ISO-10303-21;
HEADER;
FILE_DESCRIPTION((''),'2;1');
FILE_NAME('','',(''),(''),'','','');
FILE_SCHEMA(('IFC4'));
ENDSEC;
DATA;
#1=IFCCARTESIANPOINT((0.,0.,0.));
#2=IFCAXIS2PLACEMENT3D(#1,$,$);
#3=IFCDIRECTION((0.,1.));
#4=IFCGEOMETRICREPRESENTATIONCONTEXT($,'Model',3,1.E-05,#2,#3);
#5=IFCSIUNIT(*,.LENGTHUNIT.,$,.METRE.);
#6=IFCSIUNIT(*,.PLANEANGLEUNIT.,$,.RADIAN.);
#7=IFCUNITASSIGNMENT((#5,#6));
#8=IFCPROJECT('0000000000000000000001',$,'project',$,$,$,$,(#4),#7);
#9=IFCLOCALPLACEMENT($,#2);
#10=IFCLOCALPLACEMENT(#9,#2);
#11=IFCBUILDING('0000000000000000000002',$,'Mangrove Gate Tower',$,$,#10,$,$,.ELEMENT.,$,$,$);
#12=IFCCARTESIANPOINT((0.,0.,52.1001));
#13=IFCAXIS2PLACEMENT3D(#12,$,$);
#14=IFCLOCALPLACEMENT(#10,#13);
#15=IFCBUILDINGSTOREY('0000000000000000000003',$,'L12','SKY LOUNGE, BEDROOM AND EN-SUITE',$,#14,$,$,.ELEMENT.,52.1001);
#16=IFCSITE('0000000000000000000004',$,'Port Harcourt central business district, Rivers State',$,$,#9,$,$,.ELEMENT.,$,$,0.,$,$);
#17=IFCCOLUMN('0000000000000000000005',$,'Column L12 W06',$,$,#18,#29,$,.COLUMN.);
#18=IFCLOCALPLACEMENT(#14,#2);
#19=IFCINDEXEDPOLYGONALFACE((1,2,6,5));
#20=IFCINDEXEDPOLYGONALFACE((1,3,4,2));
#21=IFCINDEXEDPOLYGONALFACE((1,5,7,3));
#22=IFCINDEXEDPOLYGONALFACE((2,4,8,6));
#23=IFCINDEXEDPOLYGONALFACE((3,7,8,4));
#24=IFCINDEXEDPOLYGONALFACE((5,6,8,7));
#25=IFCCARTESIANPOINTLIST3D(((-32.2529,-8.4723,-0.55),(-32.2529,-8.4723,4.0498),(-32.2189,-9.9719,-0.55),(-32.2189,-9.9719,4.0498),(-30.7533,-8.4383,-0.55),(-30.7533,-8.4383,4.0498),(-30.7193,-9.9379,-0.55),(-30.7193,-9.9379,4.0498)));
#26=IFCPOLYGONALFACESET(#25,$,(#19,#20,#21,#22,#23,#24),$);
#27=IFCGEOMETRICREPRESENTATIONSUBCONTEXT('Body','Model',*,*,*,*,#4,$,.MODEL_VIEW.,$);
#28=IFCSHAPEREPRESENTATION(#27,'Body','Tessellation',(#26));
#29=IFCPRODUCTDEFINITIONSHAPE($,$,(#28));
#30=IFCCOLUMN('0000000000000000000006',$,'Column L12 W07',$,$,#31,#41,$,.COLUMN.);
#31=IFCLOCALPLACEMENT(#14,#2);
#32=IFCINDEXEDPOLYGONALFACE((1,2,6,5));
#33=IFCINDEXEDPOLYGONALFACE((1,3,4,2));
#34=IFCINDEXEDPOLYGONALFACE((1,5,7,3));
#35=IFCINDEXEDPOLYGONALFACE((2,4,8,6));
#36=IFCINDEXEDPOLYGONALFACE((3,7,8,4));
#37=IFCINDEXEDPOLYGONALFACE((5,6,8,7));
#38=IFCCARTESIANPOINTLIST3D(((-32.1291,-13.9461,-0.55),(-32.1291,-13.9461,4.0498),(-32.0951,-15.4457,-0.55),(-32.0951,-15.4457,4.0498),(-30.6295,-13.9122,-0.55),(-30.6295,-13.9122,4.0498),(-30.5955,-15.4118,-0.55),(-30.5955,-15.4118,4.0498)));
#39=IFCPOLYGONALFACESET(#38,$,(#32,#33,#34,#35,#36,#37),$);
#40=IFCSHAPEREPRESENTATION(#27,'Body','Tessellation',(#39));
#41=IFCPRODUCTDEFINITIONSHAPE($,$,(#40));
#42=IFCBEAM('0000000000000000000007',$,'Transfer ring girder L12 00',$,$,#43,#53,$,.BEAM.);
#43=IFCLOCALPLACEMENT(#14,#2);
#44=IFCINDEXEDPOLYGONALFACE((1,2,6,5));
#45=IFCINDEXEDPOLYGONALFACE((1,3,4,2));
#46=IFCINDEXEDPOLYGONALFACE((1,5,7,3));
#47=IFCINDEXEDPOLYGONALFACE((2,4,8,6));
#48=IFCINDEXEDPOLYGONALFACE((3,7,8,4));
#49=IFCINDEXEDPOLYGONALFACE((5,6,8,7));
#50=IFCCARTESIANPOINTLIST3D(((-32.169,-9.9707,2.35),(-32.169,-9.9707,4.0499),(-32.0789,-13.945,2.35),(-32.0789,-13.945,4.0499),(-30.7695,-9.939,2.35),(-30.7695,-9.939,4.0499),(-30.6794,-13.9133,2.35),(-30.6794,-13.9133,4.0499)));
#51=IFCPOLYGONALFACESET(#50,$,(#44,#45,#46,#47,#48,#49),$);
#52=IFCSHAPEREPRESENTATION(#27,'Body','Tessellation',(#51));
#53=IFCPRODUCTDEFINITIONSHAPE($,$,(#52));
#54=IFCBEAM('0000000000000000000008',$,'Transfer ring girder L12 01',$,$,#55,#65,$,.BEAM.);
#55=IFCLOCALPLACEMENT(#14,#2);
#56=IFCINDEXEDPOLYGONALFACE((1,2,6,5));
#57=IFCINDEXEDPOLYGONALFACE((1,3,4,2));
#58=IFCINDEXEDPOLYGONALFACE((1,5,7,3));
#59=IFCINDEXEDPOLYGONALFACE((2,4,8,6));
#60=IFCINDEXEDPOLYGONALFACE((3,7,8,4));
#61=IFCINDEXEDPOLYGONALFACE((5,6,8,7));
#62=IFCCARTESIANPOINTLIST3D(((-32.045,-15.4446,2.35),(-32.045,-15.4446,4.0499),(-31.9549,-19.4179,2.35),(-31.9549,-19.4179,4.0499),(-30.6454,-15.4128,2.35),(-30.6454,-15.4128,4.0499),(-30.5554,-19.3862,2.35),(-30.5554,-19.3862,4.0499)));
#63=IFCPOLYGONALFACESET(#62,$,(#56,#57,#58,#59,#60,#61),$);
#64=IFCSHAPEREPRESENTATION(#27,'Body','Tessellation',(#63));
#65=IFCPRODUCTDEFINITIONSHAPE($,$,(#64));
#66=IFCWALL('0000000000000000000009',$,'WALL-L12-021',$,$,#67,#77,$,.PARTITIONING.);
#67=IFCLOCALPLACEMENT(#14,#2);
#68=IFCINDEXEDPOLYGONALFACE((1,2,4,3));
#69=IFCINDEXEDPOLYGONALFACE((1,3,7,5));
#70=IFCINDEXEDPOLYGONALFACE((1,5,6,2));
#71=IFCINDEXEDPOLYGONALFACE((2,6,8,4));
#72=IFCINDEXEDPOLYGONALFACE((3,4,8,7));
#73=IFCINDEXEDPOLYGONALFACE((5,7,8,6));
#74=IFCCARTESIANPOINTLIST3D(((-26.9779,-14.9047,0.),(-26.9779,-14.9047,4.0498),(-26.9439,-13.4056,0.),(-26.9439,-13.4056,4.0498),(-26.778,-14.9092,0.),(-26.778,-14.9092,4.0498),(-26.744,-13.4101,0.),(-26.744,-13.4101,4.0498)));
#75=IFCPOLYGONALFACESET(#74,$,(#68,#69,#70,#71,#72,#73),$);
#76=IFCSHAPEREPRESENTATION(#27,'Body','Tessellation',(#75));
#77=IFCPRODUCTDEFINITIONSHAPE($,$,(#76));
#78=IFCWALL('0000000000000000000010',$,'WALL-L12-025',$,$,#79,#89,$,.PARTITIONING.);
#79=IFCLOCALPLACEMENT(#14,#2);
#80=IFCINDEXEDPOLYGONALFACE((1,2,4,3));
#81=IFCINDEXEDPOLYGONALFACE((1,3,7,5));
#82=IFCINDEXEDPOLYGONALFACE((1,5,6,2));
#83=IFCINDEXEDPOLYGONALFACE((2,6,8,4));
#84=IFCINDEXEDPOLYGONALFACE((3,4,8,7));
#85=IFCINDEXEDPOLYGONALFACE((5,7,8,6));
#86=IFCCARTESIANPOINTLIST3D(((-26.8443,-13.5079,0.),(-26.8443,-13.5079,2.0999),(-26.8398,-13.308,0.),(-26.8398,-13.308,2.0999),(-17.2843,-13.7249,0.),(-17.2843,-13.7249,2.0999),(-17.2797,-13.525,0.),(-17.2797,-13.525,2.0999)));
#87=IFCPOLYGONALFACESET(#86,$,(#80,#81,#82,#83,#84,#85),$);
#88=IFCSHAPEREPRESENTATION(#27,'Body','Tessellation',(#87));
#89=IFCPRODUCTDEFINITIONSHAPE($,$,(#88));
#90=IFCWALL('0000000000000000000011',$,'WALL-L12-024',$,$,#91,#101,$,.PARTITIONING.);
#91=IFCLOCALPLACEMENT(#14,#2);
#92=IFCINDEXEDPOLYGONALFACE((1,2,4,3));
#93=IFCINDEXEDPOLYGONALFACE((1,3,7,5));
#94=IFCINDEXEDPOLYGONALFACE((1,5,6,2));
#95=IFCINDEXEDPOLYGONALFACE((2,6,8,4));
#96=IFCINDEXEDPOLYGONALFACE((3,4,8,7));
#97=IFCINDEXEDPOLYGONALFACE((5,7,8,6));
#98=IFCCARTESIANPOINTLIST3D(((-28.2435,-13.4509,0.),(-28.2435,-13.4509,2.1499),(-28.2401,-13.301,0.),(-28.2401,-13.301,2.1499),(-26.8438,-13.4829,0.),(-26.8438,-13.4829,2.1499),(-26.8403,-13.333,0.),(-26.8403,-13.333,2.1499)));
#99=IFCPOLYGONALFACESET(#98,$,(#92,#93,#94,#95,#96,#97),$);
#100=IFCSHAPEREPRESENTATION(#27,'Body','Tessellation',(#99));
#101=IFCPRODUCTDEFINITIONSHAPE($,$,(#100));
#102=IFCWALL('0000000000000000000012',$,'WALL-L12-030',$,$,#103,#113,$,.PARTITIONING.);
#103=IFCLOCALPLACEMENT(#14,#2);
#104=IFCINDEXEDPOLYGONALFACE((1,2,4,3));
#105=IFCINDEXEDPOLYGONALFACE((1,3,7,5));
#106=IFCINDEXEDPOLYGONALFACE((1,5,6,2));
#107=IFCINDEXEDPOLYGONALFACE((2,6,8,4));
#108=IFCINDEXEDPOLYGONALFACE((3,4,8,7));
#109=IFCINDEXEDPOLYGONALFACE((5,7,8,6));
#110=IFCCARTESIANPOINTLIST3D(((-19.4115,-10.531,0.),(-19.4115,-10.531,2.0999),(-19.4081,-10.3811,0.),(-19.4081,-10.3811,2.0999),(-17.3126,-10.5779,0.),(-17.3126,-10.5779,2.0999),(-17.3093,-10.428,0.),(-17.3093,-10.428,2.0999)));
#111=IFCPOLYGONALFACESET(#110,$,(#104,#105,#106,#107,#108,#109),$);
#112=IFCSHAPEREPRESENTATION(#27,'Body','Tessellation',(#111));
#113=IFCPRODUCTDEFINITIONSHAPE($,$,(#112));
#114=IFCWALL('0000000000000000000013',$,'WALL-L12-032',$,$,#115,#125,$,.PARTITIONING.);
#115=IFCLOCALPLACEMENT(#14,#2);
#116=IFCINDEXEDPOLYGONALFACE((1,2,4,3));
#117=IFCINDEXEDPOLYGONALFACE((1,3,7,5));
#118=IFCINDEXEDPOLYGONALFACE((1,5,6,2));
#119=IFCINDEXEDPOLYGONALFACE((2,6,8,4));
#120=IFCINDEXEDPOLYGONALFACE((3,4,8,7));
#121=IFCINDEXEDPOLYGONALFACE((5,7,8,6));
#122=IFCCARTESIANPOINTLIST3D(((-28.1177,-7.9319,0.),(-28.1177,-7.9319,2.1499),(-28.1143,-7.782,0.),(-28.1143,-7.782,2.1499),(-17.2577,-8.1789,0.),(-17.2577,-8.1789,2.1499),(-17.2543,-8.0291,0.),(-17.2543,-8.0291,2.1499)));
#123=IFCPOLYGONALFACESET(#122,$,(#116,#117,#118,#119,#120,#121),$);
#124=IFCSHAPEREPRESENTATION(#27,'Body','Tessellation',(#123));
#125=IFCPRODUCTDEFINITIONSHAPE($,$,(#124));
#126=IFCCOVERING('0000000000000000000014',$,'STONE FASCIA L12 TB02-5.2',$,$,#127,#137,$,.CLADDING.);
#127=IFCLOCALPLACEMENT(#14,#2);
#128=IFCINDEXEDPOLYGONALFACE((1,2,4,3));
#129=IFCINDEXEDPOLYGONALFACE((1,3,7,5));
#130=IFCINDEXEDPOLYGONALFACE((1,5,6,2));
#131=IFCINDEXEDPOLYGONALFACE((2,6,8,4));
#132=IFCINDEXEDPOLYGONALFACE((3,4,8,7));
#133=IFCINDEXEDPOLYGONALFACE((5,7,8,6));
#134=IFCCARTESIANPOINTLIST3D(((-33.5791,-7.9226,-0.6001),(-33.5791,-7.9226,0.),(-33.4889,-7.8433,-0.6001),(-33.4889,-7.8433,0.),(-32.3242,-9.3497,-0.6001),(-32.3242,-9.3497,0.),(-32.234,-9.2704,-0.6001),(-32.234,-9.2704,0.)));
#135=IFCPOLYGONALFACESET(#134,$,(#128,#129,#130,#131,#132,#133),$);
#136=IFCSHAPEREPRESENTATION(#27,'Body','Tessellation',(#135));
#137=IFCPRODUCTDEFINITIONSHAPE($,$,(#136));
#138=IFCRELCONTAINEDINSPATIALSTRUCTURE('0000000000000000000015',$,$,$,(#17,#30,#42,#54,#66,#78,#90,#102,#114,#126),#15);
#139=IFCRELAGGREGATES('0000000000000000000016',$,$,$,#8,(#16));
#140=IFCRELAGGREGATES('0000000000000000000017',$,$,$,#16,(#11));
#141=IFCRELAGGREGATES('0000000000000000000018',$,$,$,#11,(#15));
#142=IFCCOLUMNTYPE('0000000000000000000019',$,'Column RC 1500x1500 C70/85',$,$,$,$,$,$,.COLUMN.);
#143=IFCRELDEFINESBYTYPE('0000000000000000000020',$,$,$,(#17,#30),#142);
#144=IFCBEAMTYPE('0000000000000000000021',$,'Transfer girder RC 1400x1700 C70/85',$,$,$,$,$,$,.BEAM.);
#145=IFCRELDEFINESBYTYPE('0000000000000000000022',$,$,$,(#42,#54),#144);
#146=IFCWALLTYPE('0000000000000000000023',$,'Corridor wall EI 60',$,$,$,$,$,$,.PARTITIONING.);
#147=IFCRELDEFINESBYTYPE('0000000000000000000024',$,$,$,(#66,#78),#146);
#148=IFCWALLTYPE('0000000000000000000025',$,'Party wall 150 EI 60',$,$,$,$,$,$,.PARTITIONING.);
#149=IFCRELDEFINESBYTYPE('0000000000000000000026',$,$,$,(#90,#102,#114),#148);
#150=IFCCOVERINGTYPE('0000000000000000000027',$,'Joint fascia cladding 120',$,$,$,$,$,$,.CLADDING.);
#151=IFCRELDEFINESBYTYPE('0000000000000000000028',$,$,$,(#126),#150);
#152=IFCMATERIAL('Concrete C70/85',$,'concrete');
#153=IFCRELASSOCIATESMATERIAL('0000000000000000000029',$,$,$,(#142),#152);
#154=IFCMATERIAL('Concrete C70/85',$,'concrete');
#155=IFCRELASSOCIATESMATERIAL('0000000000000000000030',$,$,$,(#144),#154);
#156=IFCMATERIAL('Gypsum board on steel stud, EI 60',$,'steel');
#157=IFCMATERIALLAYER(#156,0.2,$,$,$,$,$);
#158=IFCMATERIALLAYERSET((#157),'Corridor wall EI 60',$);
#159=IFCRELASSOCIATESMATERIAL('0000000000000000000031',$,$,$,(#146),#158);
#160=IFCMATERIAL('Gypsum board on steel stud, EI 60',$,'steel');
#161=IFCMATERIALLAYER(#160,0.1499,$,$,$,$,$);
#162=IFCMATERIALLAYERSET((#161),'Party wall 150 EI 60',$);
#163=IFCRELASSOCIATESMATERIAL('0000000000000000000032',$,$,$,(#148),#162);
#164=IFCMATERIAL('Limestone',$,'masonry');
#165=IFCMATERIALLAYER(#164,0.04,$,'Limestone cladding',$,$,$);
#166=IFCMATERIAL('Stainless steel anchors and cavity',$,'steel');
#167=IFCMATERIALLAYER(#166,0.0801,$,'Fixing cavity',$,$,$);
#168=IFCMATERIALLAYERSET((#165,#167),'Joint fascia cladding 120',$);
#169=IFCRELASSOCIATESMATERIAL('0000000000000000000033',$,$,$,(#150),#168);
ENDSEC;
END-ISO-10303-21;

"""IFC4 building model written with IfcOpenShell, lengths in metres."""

from ifc_helpers import new_model, si_unit, direction, frame, frame_2d, origin, origin_2d, place, context, subcontext, project, spatial, rectangle, extrude, material, layer, layer_set, material_profile, profile_set, type_object, element, save


model = new_model("IFC4")

# Units and contexts
model_context = context("Model", 3, precision=1e-05, world=origin(), true_north=direction((0.0, 1.0)))
body_context = subcontext(model_context, "Body", "Model", "MODEL_VIEW")
ifc_project = project(units=[si_unit("LENGTHUNIT", "METRE"), si_unit("PLANEANGLEUNIT", "RADIAN")], contexts=[model_context])

# Site, building, storey
site_placement = place(None, origin())
site = spatial("IfcSite", under=ifc_project, at=site_placement, Name="Port Harcourt central business district, Rivers State", CompositionType="ELEMENT", RefElevation=0.0)
building_placement = place(site_placement, origin())
building = spatial("IfcBuilding", under=site, at=building_placement, Name="Mangrove Gate Tower", CompositionType="ELEMENT")
storey_placement = place(building_placement, frame((0.0, 0.0, 52.1001)))
storey = spatial("IfcBuildingStorey", under=building, at=storey_placement, Name="L12", Description="SKY LOUNGE, BEDROOM AND EN-SUITE", CompositionType="ELEMENT", Elevation=52.1001)

# Columns
ifc_material_1 = material(Name="Concrete C70/85", Category="concrete")
ifc_material_profile_1 = material_profile(ifc_material_1, rectangle(XDim=1.5, YDim=1.5, at=origin_2d()))
ifc_profile_set_1 = profile_set([ifc_material_profile_1], Name="Concrete C70/85")
column_type = type_object("IfcColumnType", Name="Column RC 1500x1500 C70/85", PredefinedType="COLUMN", material=ifc_profile_set_1)
for number, where, z_axis, x_axis, name in (
    (1, (-31.4861, -9.2051, -0.55), (0.0, 0.0, 1.0), (0.022678, -0.999743, 0.0), "Column L12 W06"),
    (2, (-31.3623, -14.679, -0.55), (0.0, 0.0, 1.0), (0.022649, -0.999743, 0.0), "Column L12 W07"),
):
    element("IfcColumn", number, at=place(storey_placement, frame(where, z_axis=z_axis, x_axis=x_axis)), inside=storey, type_object=column_type, Name=name, PredefinedType="COLUMN", context=body_context, shape_type="SweptSolid", body=[
        extrude(rectangle(XDim=1.5, YDim=1.5, at=origin_2d()), origin(), (0.0, 0.0, 1.0), 4.5999),
    ])

# Beams
ifc_material_2 = material(Name="Concrete C70/85", Category="concrete")
ifc_material_profile_2 = material_profile(ifc_material_2, rectangle(XDim=1.3999, YDim=1.7, at=origin_2d()))
ifc_profile_set_2 = profile_set([ifc_material_profile_2], Name="Concrete C70/85")
beam_type = type_object("IfcBeamType", Name="Transfer girder RC 1400x1700 C70/85", PredefinedType="BEAM", material=ifc_profile_set_2)
beam_1_placement = place(storey_placement, frame((-31.4692, -9.9548, 3.2), z_axis=(0.022661, -0.999743, 0.0), x_axis=(0.999743, 0.022661, 0.0)))
element("IfcBeam", 3, at=beam_1_placement, inside=storey, type_object=beam_type, Name="Transfer ring girder L12 00", PredefinedType="BEAM", context=body_context, shape_type="SweptSolid", body=[
    extrude(rectangle(XDim=1.3999, YDim=1.7, at=origin_2d()), origin(), (0.0, 0.0, 1.0), 3.9753),
])
beam_2_placement = place(storey_placement, frame((-31.3452, -15.4287, 3.2), z_axis=(0.022667, -0.999743, 0.0), x_axis=(0.999743, 0.022667, 0.0)))
element("IfcBeam", 4, at=beam_2_placement, inside=storey, type_object=beam_type, Name="Transfer ring girder L12 01", PredefinedType="BEAM", context=body_context, shape_type="SweptSolid", body=[
    extrude(rectangle(XDim=1.3999, YDim=1.7, at=origin_2d()), origin(), (0.0, 0.0, 1.0), 3.9744),
])

# Wall
ifc_material_3 = material(Name="Gypsum board on steel stud, EI 60", Category="steel")
ifc_layer_1 = layer(ifc_material_3, 0.2)
ifc_layer_set_1 = layer_set([ifc_layer_1], Name="Corridor wall EI 60")
wall_type_1 = type_object("IfcWallType", Name="Corridor wall EI 60", PredefinedType="PARTITIONING", material=ifc_layer_set_1)
wall_1_placement = place(storey_placement, frame((-26.8779, -14.907, 0.0), z_axis=(0.0, 0.0, 1.0), x_axis=(0.022633, 0.999744, 0.0)))
element("IfcWall", 5, at=wall_1_placement, inside=storey, type_object=wall_type_1, Name="WALL-L12-021", PredefinedType="PARTITIONING", context=body_context, shape_type="SweptSolid", body=[
    extrude(rectangle(XDim=1.4995, YDim=0.2, at=frame_2d((0.7498, 0.0))), origin(), (0.0, 0.0, 1.0), 4.0498),
])

# Walls
wall_2_placement = place(storey_placement, frame((-26.842, -13.408, 0.0), z_axis=(0.0, 0.0, 1.0), x_axis=(0.999742, -0.022697, 0.0)))
element("IfcWall", 6, at=wall_2_placement, inside=storey, type_object=wall_type_1, Name="WALL-L12-025", PredefinedType="PARTITIONING", context=body_context, shape_type="SweptSolid", body=[
    extrude(rectangle(XDim=9.5625, YDim=0.2, at=frame_2d((4.7812, 0.0))), origin(), (0.0, 0.0, 1.0), 2.0999),
])
ifc_material_4 = material(Name="Gypsum board on steel stud, EI 60", Category="steel")
ifc_layer_2 = layer(ifc_material_4, 0.1499)
ifc_layer_set_2 = layer_set([ifc_layer_2], Name="Party wall 150 EI 60")
wall_type_2 = type_object("IfcWallType", Name="Party wall 150 EI 60", PredefinedType="PARTITIONING", material=ifc_layer_set_2)
wall_3_placement = place(storey_placement, frame((-28.2419, -13.376, 0.0), z_axis=(0.0, 0.0, 1.0), x_axis=(0.999739, -0.02284, 0.0)))
element("IfcWall", 7, at=wall_3_placement, inside=storey, type_object=wall_type_2, Name="WALL-L12-024", PredefinedType="PARTITIONING", context=body_context, shape_type="SweptSolid", body=[
    extrude(rectangle(XDim=1.4001, YDim=0.1499, at=frame_2d((0.7002, 0.0))), origin(), (0.0, 0.0, 1.0), 2.1499),
])
wall_4_placement = place(storey_placement, frame((-19.4099, -10.4561, 0.0), z_axis=(0.0, 0.0, 1.0), x_axis=(0.999751, -0.022328, 0.0)))
element("IfcWall", 8, at=wall_4_placement, inside=storey, type_object=wall_type_2, Name="WALL-L12-030", PredefinedType="PARTITIONING", context=body_context, shape_type="SweptSolid", body=[
    extrude(rectangle(XDim=2.0994, YDim=0.1499, at=frame_2d((1.0498, 0.0))), origin(), (0.0, 0.0, 1.0), 2.0999),
])
wall_5_placement = place(storey_placement, frame((-28.116, -7.8569, 0.0), z_axis=(0.0, 0.0, 1.0), x_axis=(0.999741, -0.022745, 0.0)))
element("IfcWall", 9, at=wall_5_placement, inside=storey, type_object=wall_type_2, Name="WALL-L12-032", PredefinedType="PARTITIONING", context=body_context, shape_type="SweptSolid", body=[
    extrude(rectangle(XDim=10.8628, YDim=0.1499, at=frame_2d((5.4314, 0.0))), origin(), (0.0, 0.0, 1.0), 2.1499),
])

# Covering
ifc_material_5 = material(Name="Limestone", Category="masonry")
ifc_layer_3 = layer(ifc_material_5, 0.04, Name="Limestone cladding")
ifc_material_6 = material(Name="Stainless steel anchors and cavity", Category="steel")
ifc_layer_4 = layer(ifc_material_6, 0.0801, Name="Fixing cavity")
ifc_layer_set_3 = layer_set([ifc_layer_3, ifc_layer_4], Name="Joint fascia cladding 120")
covering_type = type_object("IfcCoveringType", Name="Joint fascia cladding 120", PredefinedType="CLADDING", material=ifc_layer_set_3)
covering_placement = place(storey_placement, frame((-32.2791, -9.3101, -0.6001), z_axis=(0.0, 0.0, 1.0), x_axis=(-0.660367, 0.750943, 0.0)))
element("IfcCovering", 10, at=covering_placement, inside=storey, type_object=covering_type, Name="STONE FASCIA L12 TB02-5.2", PredefinedType="CLADDING", context=body_context, shape_type="SweptSolid", body=[
    extrude(rectangle(XDim=1.9004, YDim=0.1201, at=frame_2d((0.9502, 0.0))), origin(), (0.0, 0.0, 1.0), 0.6001),
])

save(model, "model.ifc")
